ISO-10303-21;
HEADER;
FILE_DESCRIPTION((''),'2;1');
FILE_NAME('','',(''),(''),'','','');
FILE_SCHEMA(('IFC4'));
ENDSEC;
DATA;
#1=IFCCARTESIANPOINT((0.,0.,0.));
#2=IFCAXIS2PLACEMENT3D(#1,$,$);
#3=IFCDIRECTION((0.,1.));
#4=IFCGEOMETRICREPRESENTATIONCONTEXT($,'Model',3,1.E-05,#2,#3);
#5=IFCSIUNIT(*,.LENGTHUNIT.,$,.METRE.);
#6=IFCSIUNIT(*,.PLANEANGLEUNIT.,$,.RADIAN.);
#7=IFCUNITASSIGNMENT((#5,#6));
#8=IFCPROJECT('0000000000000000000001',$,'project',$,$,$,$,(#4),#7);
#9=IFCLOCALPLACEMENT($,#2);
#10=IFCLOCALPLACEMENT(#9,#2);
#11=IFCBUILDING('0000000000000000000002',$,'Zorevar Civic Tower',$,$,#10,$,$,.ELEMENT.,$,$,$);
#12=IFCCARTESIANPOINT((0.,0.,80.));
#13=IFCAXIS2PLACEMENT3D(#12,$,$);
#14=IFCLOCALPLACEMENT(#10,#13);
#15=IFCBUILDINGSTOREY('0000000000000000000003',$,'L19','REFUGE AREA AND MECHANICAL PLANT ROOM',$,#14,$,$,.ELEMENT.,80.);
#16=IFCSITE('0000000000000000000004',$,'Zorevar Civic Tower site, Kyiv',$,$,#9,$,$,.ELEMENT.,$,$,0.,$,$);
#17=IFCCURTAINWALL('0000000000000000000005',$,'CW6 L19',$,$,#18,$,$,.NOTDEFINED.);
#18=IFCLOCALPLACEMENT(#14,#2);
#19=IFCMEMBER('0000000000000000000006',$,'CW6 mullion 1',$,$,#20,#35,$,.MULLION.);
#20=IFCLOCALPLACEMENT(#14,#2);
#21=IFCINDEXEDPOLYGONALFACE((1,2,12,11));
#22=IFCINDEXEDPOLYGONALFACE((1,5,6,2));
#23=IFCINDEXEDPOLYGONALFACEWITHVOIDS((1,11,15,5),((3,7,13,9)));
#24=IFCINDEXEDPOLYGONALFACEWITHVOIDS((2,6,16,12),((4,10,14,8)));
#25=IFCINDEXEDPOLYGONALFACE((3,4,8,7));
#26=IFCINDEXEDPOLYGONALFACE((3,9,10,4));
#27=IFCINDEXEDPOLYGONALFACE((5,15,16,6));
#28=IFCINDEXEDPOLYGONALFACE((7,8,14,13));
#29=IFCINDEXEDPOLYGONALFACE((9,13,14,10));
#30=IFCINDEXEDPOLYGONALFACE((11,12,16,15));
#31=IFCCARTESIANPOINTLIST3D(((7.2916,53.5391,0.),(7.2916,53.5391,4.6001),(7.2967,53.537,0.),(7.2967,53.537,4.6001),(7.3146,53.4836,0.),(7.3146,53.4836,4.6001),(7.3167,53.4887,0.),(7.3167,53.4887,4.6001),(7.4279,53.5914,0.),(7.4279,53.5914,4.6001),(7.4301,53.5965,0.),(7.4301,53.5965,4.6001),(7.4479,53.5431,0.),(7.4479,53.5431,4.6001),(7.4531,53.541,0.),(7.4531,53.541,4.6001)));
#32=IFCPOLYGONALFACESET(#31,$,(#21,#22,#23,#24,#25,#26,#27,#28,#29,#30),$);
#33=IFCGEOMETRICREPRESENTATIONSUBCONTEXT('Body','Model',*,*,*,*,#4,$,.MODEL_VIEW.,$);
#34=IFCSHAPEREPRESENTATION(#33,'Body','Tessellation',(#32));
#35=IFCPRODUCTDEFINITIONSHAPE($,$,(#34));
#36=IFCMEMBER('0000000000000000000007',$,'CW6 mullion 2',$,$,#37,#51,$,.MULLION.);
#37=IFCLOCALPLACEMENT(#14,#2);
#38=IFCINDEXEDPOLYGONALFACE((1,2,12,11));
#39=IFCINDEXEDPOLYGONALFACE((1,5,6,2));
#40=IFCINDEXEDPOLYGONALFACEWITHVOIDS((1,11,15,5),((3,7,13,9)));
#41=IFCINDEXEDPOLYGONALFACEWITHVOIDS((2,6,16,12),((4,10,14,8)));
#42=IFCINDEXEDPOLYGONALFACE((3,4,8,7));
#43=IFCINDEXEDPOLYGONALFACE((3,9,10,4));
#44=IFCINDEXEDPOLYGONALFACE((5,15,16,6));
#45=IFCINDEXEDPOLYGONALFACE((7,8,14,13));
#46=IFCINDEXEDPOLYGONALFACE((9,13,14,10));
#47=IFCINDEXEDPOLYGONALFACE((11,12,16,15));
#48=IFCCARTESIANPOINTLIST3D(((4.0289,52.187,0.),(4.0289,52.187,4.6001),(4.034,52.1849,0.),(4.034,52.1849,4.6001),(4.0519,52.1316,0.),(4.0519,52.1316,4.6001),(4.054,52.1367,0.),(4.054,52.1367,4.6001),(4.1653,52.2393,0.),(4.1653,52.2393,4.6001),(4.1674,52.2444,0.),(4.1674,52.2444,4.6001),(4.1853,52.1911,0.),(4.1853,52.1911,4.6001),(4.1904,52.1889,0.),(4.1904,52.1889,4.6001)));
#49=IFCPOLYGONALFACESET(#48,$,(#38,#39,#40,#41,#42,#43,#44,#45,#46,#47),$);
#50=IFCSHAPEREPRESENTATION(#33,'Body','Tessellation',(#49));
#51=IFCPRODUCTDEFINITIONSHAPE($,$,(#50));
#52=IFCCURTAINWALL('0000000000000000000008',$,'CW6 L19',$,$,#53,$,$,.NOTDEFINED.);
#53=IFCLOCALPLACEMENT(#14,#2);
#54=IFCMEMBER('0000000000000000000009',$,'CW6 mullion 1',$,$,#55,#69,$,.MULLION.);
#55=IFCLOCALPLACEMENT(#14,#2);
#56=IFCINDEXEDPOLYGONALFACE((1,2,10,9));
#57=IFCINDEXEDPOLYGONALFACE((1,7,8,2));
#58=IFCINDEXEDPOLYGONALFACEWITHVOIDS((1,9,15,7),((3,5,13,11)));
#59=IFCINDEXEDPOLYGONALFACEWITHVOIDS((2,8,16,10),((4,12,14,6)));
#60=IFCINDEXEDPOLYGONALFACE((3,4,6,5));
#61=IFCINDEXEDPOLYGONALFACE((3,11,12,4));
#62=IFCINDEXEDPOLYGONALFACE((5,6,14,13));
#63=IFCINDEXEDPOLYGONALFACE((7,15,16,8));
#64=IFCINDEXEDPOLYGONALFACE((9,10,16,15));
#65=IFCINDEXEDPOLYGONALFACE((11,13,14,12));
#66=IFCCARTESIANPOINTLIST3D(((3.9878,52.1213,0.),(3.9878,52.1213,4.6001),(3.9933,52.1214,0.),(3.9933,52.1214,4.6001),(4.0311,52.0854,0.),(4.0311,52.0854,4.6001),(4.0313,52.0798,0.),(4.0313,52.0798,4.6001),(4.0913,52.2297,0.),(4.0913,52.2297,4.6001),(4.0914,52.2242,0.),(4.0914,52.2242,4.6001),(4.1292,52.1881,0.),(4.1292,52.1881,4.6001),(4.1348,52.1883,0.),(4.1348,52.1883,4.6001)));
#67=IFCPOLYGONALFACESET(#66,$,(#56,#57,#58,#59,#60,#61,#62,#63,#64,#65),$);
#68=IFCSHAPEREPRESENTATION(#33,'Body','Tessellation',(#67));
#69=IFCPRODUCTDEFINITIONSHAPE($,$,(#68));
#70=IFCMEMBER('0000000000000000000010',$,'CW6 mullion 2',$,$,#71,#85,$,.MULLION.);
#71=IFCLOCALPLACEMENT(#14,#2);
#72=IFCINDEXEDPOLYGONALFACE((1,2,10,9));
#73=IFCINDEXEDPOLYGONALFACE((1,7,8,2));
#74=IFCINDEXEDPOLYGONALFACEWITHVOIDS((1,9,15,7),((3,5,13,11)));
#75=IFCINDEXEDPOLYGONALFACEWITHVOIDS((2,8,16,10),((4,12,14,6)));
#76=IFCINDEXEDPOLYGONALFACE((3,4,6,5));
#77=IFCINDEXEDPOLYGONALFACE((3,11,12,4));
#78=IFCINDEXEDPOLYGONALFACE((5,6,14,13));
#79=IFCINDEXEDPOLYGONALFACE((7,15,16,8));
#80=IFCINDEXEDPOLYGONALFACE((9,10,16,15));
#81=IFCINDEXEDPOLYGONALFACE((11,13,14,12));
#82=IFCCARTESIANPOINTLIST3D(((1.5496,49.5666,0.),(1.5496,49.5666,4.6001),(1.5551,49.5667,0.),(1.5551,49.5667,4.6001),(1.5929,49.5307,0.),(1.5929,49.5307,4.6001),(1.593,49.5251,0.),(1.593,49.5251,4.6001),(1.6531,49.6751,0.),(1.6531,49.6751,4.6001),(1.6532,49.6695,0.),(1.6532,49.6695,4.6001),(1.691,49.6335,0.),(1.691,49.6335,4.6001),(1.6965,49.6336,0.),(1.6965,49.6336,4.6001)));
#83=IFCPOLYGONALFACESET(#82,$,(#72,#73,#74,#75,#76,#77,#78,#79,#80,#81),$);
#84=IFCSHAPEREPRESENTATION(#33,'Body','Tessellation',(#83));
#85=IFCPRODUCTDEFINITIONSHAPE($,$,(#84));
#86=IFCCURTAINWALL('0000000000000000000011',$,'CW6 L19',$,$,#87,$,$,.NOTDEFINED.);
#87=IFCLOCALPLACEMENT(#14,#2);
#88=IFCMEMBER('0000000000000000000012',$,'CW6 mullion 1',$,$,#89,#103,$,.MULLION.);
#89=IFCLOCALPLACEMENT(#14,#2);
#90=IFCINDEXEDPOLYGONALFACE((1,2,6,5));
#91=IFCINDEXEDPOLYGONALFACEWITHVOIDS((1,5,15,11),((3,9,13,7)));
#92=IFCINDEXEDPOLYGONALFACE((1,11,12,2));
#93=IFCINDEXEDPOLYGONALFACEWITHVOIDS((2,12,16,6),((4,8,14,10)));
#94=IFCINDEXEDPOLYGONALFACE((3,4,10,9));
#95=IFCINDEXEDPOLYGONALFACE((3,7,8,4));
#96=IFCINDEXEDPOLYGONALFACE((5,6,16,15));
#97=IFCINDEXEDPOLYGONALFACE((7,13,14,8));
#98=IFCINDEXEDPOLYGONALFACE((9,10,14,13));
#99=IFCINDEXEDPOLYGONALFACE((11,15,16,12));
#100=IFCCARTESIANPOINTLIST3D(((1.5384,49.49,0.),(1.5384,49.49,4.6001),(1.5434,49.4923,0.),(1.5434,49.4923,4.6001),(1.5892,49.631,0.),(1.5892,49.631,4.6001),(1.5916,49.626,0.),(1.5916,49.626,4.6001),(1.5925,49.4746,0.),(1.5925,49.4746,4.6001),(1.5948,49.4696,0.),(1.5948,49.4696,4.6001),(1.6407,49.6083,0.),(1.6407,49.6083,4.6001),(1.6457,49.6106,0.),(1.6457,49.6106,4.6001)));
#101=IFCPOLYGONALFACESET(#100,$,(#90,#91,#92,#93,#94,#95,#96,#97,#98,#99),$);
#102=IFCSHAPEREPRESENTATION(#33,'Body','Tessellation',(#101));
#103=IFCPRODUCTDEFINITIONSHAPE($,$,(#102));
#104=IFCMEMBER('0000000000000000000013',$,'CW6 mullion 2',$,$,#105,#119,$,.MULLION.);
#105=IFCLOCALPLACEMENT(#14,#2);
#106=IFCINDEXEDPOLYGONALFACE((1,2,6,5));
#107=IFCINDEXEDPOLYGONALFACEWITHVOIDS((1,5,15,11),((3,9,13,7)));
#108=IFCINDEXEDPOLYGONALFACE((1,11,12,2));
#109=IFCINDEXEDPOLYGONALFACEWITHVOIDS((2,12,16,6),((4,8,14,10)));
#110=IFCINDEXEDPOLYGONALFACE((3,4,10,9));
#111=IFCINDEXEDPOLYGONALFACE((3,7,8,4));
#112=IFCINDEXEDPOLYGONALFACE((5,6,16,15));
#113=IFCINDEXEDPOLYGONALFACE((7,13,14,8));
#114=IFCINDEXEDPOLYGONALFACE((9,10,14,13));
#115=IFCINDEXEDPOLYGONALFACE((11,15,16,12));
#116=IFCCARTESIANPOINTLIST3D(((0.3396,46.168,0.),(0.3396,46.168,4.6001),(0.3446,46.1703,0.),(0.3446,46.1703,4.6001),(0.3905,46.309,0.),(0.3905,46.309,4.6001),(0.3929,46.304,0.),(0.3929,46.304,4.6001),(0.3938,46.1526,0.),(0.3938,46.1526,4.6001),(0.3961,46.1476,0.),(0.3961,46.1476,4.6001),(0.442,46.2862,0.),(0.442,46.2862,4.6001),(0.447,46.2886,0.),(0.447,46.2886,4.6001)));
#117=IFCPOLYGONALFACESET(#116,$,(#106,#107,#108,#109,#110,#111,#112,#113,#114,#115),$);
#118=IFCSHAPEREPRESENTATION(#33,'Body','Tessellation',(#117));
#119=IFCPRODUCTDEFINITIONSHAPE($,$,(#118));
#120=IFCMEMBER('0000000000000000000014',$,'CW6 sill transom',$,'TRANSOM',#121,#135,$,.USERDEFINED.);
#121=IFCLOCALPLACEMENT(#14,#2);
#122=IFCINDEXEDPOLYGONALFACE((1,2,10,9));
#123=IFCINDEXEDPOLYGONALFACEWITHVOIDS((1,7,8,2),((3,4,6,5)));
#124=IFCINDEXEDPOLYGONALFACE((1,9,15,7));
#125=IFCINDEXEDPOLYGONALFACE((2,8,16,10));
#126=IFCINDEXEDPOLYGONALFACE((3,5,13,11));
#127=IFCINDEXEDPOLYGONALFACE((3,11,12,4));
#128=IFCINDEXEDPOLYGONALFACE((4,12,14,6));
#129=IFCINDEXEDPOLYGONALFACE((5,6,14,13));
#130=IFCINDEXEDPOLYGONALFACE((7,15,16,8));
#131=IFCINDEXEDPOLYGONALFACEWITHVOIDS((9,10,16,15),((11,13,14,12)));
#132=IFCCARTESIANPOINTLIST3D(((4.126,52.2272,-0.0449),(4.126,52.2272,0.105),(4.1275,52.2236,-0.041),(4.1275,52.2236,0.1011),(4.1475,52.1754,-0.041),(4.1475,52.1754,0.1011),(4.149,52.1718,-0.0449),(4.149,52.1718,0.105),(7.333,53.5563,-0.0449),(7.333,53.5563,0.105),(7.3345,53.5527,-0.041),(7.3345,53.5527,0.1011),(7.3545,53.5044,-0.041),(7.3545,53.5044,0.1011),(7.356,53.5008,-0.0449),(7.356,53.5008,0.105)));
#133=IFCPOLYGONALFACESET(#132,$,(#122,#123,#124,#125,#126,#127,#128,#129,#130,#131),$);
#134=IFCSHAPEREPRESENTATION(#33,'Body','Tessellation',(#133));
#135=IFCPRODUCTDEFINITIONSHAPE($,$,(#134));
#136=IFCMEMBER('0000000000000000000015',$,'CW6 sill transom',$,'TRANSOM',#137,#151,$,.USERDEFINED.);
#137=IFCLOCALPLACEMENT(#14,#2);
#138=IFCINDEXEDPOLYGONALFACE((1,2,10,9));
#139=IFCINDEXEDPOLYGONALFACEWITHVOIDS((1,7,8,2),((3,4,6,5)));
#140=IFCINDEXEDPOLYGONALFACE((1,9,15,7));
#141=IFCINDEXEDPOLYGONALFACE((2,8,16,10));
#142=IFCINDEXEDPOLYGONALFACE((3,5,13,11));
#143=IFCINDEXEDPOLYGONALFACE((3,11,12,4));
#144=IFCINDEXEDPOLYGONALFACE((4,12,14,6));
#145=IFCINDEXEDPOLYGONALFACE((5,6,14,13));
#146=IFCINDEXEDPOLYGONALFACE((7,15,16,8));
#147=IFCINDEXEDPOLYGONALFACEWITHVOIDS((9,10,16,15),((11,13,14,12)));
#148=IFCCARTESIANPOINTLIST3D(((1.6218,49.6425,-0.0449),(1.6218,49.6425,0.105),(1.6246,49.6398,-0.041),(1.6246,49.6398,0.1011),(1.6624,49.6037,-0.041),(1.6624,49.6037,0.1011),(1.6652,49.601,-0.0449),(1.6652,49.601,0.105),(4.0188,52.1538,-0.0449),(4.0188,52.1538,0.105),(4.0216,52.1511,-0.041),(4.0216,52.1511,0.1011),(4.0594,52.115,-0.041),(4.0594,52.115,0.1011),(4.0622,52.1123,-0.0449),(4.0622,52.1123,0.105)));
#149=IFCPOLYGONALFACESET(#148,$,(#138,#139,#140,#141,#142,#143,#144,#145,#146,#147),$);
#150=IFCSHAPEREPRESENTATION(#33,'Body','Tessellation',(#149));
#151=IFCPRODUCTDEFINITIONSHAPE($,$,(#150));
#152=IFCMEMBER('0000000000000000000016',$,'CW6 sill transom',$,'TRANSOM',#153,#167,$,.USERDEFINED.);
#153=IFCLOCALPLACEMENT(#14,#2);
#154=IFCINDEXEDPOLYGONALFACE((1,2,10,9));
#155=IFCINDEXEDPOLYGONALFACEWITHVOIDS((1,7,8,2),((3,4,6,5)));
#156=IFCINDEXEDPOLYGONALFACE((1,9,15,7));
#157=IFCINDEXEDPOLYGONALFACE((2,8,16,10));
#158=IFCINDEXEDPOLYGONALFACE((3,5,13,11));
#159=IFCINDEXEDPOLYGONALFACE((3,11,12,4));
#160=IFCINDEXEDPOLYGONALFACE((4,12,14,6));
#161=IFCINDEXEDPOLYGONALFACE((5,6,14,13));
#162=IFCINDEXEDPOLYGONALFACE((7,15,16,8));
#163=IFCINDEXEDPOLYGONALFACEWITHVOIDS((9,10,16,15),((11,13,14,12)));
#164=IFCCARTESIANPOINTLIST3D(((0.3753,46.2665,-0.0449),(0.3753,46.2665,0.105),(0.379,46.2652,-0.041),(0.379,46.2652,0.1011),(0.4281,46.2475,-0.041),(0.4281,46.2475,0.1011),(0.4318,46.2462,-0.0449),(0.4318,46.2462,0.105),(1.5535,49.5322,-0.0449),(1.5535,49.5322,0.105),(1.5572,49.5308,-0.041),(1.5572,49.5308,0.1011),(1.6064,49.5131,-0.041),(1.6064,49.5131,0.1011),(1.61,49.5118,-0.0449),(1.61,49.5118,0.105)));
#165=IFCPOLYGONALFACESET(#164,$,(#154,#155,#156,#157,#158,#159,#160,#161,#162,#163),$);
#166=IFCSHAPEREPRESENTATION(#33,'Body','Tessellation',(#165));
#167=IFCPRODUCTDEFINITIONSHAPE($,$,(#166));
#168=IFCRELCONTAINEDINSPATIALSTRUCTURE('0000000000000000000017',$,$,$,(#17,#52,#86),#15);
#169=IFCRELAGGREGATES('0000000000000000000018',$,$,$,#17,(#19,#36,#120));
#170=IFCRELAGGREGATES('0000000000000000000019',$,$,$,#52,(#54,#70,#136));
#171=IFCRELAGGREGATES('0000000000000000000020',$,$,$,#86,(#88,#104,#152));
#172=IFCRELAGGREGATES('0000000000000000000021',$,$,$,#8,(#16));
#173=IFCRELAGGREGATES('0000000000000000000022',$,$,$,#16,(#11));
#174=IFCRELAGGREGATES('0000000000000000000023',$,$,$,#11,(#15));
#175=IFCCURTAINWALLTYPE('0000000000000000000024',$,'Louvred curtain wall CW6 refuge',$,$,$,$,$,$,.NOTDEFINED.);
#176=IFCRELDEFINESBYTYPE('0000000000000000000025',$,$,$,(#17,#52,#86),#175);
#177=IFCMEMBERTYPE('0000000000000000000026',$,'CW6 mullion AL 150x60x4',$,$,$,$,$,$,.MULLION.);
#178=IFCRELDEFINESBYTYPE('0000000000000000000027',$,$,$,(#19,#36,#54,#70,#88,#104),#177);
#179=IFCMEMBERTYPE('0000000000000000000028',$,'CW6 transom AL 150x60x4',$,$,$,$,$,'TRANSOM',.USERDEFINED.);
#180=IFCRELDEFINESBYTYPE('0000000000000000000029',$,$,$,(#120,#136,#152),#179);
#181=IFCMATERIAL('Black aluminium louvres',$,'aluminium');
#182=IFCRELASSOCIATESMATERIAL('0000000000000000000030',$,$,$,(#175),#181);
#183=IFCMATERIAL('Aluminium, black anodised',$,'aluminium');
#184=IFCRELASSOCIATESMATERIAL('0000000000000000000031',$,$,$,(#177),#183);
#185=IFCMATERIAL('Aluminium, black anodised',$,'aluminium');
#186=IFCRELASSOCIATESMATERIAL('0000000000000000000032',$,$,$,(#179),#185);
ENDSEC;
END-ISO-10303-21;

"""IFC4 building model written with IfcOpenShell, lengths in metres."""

from ifc_helpers import new_model, si_unit, direction, frame, origin, origin_2d, place, context, subcontext, project, spatial, hollow_rectangle, extrude, material, material_profile, profile_set, type_object, element, aggregate, save


model = new_model("IFC4")

# Units and contexts
model_context = context("Model", 3, precision=1e-05, world=origin(), true_north=direction((0.0, 1.0)))
body_context = subcontext(model_context, "Body", "Model", "MODEL_VIEW")
ifc_project = project(units=[si_unit("LENGTHUNIT", "METRE"), si_unit("PLANEANGLEUNIT", "RADIAN")], contexts=[model_context])

# Site, building, storey
site_placement = place(None, origin())
site = spatial("IfcSite", under=ifc_project, at=site_placement, Name="Zorevar Civic Tower site, Kyiv", CompositionType="ELEMENT", RefElevation=0.0)
building_placement = place(site_placement, origin())
building = spatial("IfcBuilding", under=site, at=building_placement, Name="Zorevar Civic Tower", CompositionType="ELEMENT")
storey_placement = place(building_placement, frame((0.0, 0.0, 80.0)))
storey = spatial("IfcBuildingStorey", under=building, at=storey_placement, Name="L19", Description="REFUGE AREA AND MECHANICAL PLANT ROOM", CompositionType="ELEMENT", Elevation=80.0)

# Curtain walls, members
ifc_material_1 = material(Name="Black aluminium louvres", Category="aluminium")
curtain_wall_type = type_object("IfcCurtainWallType", Name="Louvred curtain wall CW6 refuge", PredefinedType="NOTDEFINED", material=ifc_material_1)
curtain_wall_1_placement = place(storey_placement, origin())
curtain_wall_1 = element("IfcCurtainWall", 1, at=curtain_wall_1_placement, inside=storey, type_object=curtain_wall_type, Name="CW6 L19", PredefinedType="NOTDEFINED")
ifc_material_2 = material(Name="Aluminium, black anodised", Category="aluminium")
ifc_material_profile_1 = material_profile(ifc_material_2, hollow_rectangle(XDim=0.0601, YDim=0.1499, WallThickness=0.0039, at=origin_2d()), Name="AL 150x60x4")
ifc_profile_set_1 = profile_set([ifc_material_profile_1], Name="Aluminium, black anodised")
member_type_1 = type_object("IfcMemberType", Name="CW6 mullion AL 150x60x4", PredefinedType="MULLION", material=ifc_profile_set_1)
member_1_placement = place(storey_placement, frame((7.3723, 53.54, 0.0), z_axis=(0.0, 0.0, 1.0), x_axis=(0.382841, -0.923814, 0.0)))
member_1 = element("IfcMember", 2, at=member_1_placement, type_object=member_type_1, Name="CW6 mullion 1", PredefinedType="MULLION", context=body_context, shape_type="SweptSolid", body=[
    extrude(hollow_rectangle(XDim=0.0601, YDim=0.1499, WallThickness=0.0039, at=origin_2d()), origin(), (0.0, 0.0, 1.0), 4.6001),
])
member_2_placement = place(storey_placement, frame((4.1096, 52.188, 0.0), z_axis=(0.0, 0.0, 1.0), x_axis=(0.382841, -0.923814, 0.0)))
member_2 = element("IfcMember", 3, at=member_2_placement, type_object=member_type_1, Name="CW6 mullion 2", PredefinedType="MULLION", context=body_context, shape_type="SweptSolid", body=[
    extrude(hollow_rectangle(XDim=0.0601, YDim=0.1499, WallThickness=0.0039, at=origin_2d()), origin(), (0.0, 0.0, 1.0), 4.6001),
])
curtain_wall_2_placement = place(storey_placement, origin())
curtain_wall_2 = element("IfcCurtainWall", 4, at=curtain_wall_2_placement, inside=storey, type_object=curtain_wall_type, Name="CW6 L19", PredefinedType="NOTDEFINED")
member_3_placement = place(storey_placement, frame((4.0613, 52.1548, 0.0), z_axis=(0.0, 0.0, 1.0), x_axis=(0.723393, -0.690437, 0.0)))
member_3 = element("IfcMember", 5, at=member_3_placement, type_object=member_type_1, Name="CW6 mullion 1", PredefinedType="MULLION", context=body_context, shape_type="SweptSolid", body=[
    extrude(hollow_rectangle(XDim=0.0601, YDim=0.1499, WallThickness=0.0039, at=origin_2d()), origin(), (0.0, 0.0, 1.0), 4.6001),
])
member_4_placement = place(storey_placement, frame((1.623, 49.6001, 0.0), z_axis=(0.0, 0.0, 1.0), x_axis=(0.723393, -0.690437, 0.0)))
member_4 = element("IfcMember", 6, at=member_4_placement, type_object=member_type_1, Name="CW6 mullion 2", PredefinedType="MULLION", context=body_context, shape_type="SweptSolid", body=[
    extrude(hollow_rectangle(XDim=0.0601, YDim=0.1499, WallThickness=0.0039, at=origin_2d()), origin(), (0.0, 0.0, 1.0), 4.6001),
])
curtain_wall_3_placement = place(storey_placement, origin())
curtain_wall_3 = element("IfcCurtainWall", 7, at=curtain_wall_3_placement, inside=storey, type_object=curtain_wall_type, Name="CW6 L19", PredefinedType="NOTDEFINED")
member_5_placement = place(storey_placement, frame((1.592, 49.5503, 0.0), z_axis=(0.0, 0.0, 1.0), x_axis=(0.940637, -0.339415, 0.0)))
member_5 = element("IfcMember", 8, at=member_5_placement, type_object=member_type_1, Name="CW6 mullion 1", PredefinedType="MULLION", context=body_context, shape_type="SweptSolid", body=[
    extrude(hollow_rectangle(XDim=0.0601, YDim=0.1499, WallThickness=0.0039, at=origin_2d()), origin(), (0.0, 0.0, 1.0), 4.6001),
])
member_6_placement = place(storey_placement, frame((0.3933, 46.2283, 0.0), z_axis=(0.0, 0.0, 1.0), x_axis=(0.940637, -0.339415, 0.0)))
member_6 = element("IfcMember", 9, at=member_6_placement, type_object=member_type_1, Name="CW6 mullion 2", PredefinedType="MULLION", context=body_context, shape_type="SweptSolid", body=[
    extrude(hollow_rectangle(XDim=0.0601, YDim=0.1499, WallThickness=0.0039, at=origin_2d()), origin(), (0.0, 0.0, 1.0), 4.6001),
])

# Members
ifc_material_3 = material(Name="Aluminium, black anodised", Category="aluminium")
ifc_material_profile_2 = material_profile(ifc_material_3, hollow_rectangle(XDim=0.0601, YDim=0.1499, WallThickness=0.0039, at=origin_2d()), Name="AL 150x60x4")
ifc_profile_set_2 = profile_set([ifc_material_profile_2], Name="Aluminium, black anodised")
member_type_2 = type_object("IfcMemberType", Name="CW6 transom AL 150x60x4", ElementType="TRANSOM", PredefinedType="USERDEFINED", material=ifc_profile_set_2)
member_7_placement = place(storey_placement, frame((7.3445, 53.5286, 0.03), z_axis=(-0.923808, -0.382857, 0.0), x_axis=(0.382857, -0.923808, 0.0)))
member_7 = element("IfcMember", 10, at=member_7_placement, type_object=member_type_2, Name="CW6 sill transom", ObjectType="TRANSOM", PredefinedType="USERDEFINED", context=body_context, shape_type="SweptSolid", body=[
    extrude(hollow_rectangle(XDim=0.0601, YDim=0.1499, WallThickness=0.0039, at=origin_2d()), origin(), (0.0, 0.0, 1.0), 3.4714),
])
member_8_placement = place(storey_placement, frame((4.0405, 52.1331, 0.03), z_axis=(-0.690459, -0.723372, 0.0), x_axis=(0.723372, -0.690459, 0.0)))
member_8 = element("IfcMember", 11, at=member_8_placement, type_object=member_type_2, Name="CW6 sill transom", ObjectType="TRANSOM", PredefinedType="USERDEFINED", context=body_context, shape_type="SweptSolid", body=[
    extrude(hollow_rectangle(XDim=0.0601, YDim=0.1499, WallThickness=0.0039, at=origin_2d()), origin(), (0.0, 0.0, 1.0), 3.4717),
])
member_9_placement = place(storey_placement, frame((1.5818, 49.522, 0.03), z_axis=(-0.339382, -0.940649, 0.0), x_axis=(0.940649, -0.339382, 0.0)))
member_9 = element("IfcMember", 12, at=member_9_placement, type_object=member_type_2, Name="CW6 sill transom", ObjectType="TRANSOM", PredefinedType="USERDEFINED", context=body_context, shape_type="SweptSolid", body=[
    extrude(hollow_rectangle(XDim=0.0601, YDim=0.1499, WallThickness=0.0039, at=origin_2d()), origin(), (0.0, 0.0, 1.0), 3.4717),
])

aggregate(curtain_wall_1, [member_1, member_2, member_7])
aggregate(curtain_wall_2, [member_3, member_4, member_8])
aggregate(curtain_wall_3, [member_5, member_6, member_9])

save(model, "model.ifc")
